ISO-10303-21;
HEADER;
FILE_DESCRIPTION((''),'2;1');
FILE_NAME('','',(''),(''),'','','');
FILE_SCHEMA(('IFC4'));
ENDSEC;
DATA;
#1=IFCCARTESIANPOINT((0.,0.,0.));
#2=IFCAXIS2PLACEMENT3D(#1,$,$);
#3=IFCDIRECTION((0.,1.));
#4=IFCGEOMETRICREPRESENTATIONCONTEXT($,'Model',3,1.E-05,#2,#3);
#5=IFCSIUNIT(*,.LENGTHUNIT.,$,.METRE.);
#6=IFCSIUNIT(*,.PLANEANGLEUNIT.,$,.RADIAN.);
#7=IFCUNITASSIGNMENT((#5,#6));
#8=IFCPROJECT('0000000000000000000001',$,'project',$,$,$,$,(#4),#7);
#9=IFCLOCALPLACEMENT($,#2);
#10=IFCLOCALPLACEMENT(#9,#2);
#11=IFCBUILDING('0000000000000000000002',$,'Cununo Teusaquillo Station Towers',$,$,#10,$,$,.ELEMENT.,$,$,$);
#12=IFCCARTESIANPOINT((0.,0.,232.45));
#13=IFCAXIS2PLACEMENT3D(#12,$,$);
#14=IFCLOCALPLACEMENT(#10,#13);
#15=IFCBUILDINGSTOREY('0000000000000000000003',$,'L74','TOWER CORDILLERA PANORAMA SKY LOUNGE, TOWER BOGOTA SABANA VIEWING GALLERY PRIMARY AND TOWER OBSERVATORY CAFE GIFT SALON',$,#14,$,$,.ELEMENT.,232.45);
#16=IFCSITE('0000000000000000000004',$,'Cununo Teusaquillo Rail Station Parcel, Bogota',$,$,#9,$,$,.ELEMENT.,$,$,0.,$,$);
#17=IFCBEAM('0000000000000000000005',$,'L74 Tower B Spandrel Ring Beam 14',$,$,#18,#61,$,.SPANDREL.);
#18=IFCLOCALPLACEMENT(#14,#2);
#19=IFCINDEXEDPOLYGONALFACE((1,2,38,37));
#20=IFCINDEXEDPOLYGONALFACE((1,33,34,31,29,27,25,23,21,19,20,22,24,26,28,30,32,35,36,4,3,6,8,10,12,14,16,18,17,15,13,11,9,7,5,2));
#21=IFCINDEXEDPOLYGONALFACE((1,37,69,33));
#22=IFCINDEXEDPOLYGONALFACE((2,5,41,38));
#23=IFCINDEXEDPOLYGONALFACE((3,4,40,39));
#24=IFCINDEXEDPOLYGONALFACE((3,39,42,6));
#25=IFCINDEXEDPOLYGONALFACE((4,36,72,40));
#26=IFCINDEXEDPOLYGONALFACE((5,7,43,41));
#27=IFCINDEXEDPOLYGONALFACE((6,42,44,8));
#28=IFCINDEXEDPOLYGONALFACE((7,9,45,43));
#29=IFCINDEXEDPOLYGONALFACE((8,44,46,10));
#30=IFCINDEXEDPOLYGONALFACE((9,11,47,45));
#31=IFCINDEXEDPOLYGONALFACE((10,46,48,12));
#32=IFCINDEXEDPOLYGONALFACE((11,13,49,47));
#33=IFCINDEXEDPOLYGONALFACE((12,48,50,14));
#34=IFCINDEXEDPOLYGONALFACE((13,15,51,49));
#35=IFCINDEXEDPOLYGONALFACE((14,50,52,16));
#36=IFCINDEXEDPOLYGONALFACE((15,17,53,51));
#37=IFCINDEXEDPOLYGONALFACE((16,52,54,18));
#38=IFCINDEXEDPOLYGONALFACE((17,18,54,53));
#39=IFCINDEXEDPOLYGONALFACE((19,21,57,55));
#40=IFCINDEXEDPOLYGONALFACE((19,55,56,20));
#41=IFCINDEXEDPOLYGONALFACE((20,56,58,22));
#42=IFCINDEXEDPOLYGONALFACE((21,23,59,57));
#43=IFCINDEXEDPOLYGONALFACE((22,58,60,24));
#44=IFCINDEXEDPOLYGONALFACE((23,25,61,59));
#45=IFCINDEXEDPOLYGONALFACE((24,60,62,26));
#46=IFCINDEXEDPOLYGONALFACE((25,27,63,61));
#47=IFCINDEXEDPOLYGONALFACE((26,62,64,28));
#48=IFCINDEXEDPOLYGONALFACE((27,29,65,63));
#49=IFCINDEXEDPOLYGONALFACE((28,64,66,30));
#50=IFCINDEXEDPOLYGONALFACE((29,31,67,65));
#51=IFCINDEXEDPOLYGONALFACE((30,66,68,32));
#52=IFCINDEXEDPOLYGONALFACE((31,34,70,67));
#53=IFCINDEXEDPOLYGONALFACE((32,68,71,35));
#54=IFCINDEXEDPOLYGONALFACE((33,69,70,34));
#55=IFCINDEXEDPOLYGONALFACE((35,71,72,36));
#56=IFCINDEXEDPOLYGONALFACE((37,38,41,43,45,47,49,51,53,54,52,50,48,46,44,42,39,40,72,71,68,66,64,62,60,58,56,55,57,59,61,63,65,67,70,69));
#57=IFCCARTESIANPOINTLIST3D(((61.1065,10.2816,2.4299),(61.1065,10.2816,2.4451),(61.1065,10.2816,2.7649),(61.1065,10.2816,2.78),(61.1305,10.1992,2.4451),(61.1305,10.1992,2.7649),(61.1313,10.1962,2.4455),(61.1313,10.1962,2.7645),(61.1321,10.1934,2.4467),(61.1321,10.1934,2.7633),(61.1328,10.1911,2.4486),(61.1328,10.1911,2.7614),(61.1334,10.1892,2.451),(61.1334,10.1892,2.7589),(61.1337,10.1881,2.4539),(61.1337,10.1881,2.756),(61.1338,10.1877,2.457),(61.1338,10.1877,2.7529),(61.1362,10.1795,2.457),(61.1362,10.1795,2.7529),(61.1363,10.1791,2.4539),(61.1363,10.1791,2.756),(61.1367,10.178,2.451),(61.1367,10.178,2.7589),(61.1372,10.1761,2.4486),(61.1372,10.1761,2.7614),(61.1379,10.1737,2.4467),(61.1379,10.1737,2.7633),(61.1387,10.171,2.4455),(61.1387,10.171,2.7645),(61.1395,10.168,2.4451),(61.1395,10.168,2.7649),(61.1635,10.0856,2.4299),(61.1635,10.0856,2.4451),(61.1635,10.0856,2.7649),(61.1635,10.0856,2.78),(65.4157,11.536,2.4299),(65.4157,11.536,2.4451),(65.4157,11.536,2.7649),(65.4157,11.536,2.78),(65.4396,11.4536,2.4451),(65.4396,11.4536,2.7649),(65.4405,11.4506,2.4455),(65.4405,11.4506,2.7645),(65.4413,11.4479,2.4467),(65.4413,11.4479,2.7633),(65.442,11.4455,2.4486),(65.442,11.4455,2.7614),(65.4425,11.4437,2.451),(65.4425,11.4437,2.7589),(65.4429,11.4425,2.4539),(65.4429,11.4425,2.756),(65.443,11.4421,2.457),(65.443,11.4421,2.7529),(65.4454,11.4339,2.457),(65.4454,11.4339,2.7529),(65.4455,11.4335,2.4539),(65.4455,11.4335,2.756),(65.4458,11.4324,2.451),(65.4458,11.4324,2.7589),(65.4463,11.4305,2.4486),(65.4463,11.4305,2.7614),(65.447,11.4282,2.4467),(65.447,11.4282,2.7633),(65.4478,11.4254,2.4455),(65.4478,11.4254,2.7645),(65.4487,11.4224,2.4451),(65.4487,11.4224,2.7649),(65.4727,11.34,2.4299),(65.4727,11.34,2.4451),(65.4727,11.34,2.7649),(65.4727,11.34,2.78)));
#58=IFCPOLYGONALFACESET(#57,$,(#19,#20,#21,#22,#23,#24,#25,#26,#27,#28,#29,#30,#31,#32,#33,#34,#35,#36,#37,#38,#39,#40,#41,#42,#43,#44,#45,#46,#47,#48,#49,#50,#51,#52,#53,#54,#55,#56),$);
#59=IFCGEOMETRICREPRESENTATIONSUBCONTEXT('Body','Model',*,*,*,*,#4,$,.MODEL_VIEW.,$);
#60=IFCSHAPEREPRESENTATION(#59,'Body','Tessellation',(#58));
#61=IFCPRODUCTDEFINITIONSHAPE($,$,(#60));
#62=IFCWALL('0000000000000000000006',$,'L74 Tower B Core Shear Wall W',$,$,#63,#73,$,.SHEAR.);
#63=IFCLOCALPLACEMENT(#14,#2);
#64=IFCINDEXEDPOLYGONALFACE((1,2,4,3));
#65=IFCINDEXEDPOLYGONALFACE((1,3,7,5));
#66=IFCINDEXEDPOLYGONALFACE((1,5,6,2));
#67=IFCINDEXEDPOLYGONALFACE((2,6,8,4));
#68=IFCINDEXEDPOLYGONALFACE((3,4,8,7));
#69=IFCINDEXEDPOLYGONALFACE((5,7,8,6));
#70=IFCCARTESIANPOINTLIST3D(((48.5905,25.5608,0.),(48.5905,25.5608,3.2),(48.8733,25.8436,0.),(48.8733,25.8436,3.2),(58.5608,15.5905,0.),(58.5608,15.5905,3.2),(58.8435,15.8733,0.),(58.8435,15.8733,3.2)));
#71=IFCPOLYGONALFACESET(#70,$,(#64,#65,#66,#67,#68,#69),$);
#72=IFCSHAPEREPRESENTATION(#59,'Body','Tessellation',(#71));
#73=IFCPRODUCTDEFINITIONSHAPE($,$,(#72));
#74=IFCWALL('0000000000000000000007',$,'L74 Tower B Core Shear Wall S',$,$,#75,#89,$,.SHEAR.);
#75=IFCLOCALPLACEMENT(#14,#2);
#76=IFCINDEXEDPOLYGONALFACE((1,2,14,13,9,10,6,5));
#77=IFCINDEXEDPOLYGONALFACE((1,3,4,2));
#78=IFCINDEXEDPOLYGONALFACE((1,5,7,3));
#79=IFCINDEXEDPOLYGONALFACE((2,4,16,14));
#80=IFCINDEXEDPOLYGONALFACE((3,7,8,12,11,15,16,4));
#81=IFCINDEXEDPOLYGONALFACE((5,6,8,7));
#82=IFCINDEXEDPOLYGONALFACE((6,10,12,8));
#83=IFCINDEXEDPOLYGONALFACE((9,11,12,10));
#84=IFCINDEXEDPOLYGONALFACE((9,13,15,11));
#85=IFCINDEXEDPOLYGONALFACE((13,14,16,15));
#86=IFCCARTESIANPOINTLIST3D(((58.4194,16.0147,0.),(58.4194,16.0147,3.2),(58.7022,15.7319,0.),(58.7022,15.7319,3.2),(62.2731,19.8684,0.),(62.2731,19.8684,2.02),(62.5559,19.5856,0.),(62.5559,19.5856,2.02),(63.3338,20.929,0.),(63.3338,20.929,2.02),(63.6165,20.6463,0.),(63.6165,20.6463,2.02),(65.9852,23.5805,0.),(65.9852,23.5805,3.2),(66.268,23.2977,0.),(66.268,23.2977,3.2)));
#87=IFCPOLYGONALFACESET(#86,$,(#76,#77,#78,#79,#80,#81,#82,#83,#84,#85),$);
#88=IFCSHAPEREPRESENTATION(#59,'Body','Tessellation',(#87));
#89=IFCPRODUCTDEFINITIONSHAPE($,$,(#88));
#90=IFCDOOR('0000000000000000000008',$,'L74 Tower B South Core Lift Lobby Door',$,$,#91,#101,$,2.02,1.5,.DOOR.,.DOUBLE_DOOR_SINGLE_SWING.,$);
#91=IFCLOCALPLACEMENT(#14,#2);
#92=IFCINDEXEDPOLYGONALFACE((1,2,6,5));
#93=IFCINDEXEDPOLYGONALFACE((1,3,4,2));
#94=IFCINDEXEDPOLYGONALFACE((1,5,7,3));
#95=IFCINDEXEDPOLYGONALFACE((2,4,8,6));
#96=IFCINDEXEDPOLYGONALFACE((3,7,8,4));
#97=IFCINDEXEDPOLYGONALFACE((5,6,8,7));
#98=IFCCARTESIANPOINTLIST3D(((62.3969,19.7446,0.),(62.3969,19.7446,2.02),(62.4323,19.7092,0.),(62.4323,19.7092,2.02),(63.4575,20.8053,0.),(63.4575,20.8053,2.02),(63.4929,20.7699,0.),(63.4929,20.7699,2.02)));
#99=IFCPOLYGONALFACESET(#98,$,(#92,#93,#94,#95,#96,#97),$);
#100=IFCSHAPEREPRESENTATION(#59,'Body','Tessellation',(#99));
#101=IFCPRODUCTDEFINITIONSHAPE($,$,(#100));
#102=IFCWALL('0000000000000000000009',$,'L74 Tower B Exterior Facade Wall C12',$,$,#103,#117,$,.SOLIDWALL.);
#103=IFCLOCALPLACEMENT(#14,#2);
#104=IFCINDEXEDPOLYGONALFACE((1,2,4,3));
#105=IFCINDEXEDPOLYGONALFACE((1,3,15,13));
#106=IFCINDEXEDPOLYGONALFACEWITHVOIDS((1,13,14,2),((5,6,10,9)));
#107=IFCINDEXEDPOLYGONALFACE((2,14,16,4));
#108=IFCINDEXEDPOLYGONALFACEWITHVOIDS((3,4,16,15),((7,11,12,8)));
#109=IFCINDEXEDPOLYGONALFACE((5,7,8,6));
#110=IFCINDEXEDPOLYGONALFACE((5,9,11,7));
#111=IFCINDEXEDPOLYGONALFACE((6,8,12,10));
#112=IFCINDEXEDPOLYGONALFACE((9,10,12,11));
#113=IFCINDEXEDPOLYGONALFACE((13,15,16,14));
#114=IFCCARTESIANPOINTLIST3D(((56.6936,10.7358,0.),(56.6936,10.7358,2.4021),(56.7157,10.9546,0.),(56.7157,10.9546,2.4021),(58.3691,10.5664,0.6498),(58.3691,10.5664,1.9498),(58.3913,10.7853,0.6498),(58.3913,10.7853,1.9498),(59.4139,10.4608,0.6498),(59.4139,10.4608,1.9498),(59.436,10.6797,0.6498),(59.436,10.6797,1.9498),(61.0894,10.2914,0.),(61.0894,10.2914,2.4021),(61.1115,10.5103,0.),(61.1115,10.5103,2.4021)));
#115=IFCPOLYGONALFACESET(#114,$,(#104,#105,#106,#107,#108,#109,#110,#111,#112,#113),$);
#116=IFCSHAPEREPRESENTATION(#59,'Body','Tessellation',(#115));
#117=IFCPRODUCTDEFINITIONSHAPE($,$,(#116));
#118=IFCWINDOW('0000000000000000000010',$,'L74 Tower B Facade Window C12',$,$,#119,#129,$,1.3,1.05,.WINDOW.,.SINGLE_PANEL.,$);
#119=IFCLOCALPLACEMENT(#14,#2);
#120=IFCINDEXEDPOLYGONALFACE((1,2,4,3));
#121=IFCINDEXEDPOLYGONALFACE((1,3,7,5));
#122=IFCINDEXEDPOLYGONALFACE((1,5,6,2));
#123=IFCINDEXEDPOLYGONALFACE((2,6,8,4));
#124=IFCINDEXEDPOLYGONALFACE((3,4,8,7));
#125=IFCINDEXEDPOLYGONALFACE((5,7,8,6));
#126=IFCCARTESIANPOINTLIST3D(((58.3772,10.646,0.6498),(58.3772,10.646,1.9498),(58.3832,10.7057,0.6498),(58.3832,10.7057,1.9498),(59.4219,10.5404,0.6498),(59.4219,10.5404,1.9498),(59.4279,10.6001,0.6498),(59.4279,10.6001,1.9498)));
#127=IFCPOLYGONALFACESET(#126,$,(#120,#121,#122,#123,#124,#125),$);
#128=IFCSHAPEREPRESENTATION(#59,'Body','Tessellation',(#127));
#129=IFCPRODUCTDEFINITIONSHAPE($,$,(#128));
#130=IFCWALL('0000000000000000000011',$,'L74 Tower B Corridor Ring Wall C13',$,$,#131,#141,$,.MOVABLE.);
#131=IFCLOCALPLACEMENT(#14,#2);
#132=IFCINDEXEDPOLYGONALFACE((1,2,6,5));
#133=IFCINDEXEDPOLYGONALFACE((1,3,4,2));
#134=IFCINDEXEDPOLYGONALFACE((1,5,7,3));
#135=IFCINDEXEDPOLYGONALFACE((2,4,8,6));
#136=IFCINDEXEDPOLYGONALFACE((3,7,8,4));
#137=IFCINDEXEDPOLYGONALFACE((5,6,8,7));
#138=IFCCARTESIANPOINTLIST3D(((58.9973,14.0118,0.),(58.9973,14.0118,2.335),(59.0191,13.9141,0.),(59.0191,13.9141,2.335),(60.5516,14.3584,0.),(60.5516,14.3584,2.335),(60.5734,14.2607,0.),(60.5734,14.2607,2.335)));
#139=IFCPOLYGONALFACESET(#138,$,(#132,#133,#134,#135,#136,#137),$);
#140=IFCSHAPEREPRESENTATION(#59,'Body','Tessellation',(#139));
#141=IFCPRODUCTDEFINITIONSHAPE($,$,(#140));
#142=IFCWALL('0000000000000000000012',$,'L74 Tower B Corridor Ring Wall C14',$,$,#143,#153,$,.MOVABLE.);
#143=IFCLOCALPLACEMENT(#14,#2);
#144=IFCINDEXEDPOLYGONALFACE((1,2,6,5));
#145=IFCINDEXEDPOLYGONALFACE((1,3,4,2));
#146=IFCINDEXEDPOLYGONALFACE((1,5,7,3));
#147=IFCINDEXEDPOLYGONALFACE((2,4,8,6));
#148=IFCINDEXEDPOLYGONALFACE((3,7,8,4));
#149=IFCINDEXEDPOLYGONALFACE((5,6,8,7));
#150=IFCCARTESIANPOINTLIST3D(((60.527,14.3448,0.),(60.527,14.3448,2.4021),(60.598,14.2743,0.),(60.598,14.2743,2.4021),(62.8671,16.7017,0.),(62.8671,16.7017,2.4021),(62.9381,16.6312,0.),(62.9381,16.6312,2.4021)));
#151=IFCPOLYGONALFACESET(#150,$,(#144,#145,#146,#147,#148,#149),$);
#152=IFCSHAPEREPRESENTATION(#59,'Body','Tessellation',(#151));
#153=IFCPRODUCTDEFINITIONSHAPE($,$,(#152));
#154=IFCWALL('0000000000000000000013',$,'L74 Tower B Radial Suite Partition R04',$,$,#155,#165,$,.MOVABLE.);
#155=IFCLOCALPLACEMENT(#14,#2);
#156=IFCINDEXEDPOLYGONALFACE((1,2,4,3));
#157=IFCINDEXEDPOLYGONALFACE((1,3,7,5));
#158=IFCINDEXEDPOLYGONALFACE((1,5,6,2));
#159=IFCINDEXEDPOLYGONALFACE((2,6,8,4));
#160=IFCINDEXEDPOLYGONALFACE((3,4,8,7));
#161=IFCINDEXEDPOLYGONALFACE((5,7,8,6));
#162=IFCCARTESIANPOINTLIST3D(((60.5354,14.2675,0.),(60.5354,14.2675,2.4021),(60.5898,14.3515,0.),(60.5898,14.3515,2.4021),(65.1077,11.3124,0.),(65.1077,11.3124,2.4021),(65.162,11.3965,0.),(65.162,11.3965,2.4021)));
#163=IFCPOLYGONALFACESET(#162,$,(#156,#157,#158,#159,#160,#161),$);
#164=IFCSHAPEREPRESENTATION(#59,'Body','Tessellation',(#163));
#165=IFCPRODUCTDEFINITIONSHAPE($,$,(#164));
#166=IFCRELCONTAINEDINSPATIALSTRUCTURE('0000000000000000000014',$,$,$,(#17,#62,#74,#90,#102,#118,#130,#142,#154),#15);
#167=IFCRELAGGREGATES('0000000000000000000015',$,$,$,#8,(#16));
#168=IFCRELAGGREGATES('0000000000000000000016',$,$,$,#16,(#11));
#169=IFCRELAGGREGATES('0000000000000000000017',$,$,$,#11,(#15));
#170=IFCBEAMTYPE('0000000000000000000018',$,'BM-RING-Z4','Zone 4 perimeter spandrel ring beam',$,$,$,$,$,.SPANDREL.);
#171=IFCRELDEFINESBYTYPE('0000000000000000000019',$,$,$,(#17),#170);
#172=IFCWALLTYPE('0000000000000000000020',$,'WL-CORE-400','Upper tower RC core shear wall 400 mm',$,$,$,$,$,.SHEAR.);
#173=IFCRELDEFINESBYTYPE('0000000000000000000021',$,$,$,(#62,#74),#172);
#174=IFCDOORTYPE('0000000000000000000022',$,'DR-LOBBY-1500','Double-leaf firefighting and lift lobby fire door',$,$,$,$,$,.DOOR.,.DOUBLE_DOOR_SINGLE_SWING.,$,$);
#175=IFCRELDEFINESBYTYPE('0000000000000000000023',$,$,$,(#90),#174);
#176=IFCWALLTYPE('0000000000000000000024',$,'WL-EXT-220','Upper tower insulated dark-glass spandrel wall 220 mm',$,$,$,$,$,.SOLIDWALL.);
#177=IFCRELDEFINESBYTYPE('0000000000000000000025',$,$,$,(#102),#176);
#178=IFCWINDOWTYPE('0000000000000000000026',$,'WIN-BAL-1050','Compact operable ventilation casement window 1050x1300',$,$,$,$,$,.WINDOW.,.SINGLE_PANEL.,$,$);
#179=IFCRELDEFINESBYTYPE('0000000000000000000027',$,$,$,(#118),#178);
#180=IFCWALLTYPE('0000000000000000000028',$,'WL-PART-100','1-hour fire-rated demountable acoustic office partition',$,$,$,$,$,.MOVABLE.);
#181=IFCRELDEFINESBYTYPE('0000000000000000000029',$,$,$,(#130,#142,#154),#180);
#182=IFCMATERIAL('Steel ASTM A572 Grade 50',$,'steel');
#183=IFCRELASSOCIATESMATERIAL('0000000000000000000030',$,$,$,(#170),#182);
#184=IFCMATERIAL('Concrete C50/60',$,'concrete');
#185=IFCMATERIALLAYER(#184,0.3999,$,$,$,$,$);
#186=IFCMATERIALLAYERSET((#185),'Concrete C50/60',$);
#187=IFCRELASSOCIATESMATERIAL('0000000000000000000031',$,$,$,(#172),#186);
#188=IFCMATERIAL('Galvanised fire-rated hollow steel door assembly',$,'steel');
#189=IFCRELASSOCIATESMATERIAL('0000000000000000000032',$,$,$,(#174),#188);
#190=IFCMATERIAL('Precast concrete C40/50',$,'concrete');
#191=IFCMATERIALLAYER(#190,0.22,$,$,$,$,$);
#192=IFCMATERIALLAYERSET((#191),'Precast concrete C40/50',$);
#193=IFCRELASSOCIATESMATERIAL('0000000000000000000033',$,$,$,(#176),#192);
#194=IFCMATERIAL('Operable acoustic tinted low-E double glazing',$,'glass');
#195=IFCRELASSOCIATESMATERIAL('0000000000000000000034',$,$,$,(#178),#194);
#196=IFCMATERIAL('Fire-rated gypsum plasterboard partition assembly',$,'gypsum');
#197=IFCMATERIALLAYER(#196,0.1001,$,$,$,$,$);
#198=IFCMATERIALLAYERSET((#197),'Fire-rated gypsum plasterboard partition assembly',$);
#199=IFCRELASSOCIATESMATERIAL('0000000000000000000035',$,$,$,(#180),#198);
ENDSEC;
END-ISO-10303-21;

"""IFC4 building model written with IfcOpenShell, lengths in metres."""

from ifc_helpers import new_model, si_unit, direction, frame, frame_2d, origin, origin_2d, place, context, subcontext, project, spatial, rectangle, i_section, extrude, source, transform, mapped, material, layer, layer_set, material_profile, profile_set, type_object, element, fill, save


model = new_model("IFC4")

# Units and contexts
model_context = context("Model", 3, precision=1e-05, world=origin(), true_north=direction((0.0, 1.0)))
body_context = subcontext(model_context, "Body", "Model", "MODEL_VIEW")
ifc_project = project(units=[si_unit("LENGTHUNIT", "METRE"), si_unit("PLANEANGLEUNIT", "RADIAN")], contexts=[model_context])

# Site, building, storey
site_placement = place(None, origin())
site = spatial("IfcSite", under=ifc_project, at=site_placement, Name="Cununo Teusaquillo Rail Station Parcel, Bogota", CompositionType="ELEMENT", RefElevation=0.0)
building_placement = place(site_placement, origin())
building = spatial("IfcBuilding", under=site, at=building_placement, Name="Cununo Teusaquillo Station Towers", CompositionType="ELEMENT")
storey_placement = place(building_placement, frame((0.0, 0.0, 232.45)))
storey = spatial("IfcBuildingStorey", under=building, at=storey_placement, Name="L74", Description="TOWER CORDILLERA PANORAMA SKY LOUNGE, TOWER BOGOTA SABANA VIEWING GALLERY PRIMARY AND TOWER OBSERVATORY CAFE GIFT SALON", CompositionType="ELEMENT", Elevation=232.45)

# Beam
ifc_material_1 = material(Name="Steel ASTM A572 Grade 50", Category="steel")
ifc_material_profile_1 = material_profile(ifc_material_1, i_section(OverallWidth=0.2041, OverallDepth=0.3501, WebThickness=0.0085, FlangeThickness=0.0151, FilletRadius=0.012, at=origin_2d()), Name="W14X48")
ifc_profile_set_1 = profile_set([ifc_material_profile_1], Name="Steel ASTM A572 Grade 50")
beam_type_1 = type_object("IfcBeamType", Name="BM-RING-Z4", Description="Zone 4 perimeter spandrel ring beam", PredefinedType="SPANDREL", material=ifc_profile_set_1)
beam_1_placement = place(storey_placement, frame((61.135, 10.1836, 2.605), z_axis=(0.960145, 0.279503, 0.0), x_axis=(-0.279503, 0.960145, 0.0)))
element("IfcBeam", 1, at=beam_1_placement, inside=storey, type_object=beam_type_1, Name="L74 Tower B Spandrel Ring Beam 14", PredefinedType="SPANDREL", context=body_context, shape_type="SweptSolid", body=[
    extrude(i_section(OverallWidth=0.2041, OverallDepth=0.3501, WebThickness=0.0085, FlangeThickness=0.0151, FilletRadius=0.012, at=origin_2d()), origin(), (0.0, 0.0, 1.0), 4.488),
])

# Wall
ifc_material_2 = material(Name="Concrete C50/60", Category="concrete")
ifc_layer_1 = layer(ifc_material_2, 0.3999)
ifc_layer_set_1 = layer_set([ifc_layer_1], Name="Concrete C50/60")
wall_type_1 = type_object("IfcWallType", Name="WL-CORE-400", Description="Upper tower RC core shear wall 400 mm", PredefinedType="SHEAR", material=ifc_layer_set_1)
wall_1_placement = place(storey_placement, frame((58.7021, 15.7319, 0.0), z_axis=(0.0, 0.0, 1.0), x_axis=(-0.707107, 0.707107, 0.0)))
element("IfcWall", 2, at=wall_1_placement, inside=storey, type_object=wall_type_1, Name="L74 Tower B Core Shear Wall W", PredefinedType="SHEAR", context=body_context, shape_type="SweptSolid", body=[
    extrude(rectangle(XDim=14.1001, YDim=0.3999, at=frame_2d((7.05, 0.0))), origin(), (0.0, 0.0, 1.0), 3.2),
])

# Wall, opening, door
wall_2_placement = place(storey_placement, frame((58.5608, 15.8733, 0.0), z_axis=(0.0, 0.0, 1.0), x_axis=(0.707107, 0.707107, 0.0)))
wall_2 = element("IfcWall", 3, at=wall_2_placement, inside=storey, type_object=wall_type_1, Name="L74 Tower B Core Shear Wall S", PredefinedType="SHEAR", context=body_context, shape_type="SweptSolid", body=[
    extrude(rectangle(XDim=10.6997, YDim=0.3999, at=frame_2d((5.3499, 0.0))), origin(), (0.0, 0.0, 1.0), 3.2),
])
shared_shape_1 = source(origin(), body_context, "Body", "SweptSolid", [
    extrude(rectangle(XDim=1.5, YDim=2.02, at=frame_2d((0.75, 1.01))), frame((0.0, 0.21, 0.0), z_axis=(0.0, -1.0, 0.0), x_axis=(1.0, 0.0, 0.0)), (0.0, 0.0, 1.0), 0.4199),
])
opening_1_placement = place(wall_2_placement, frame((5.45, 0.0, 0.0)))
opening_1 = element("IfcOpeningElement", 4, at=opening_1_placement, cuts=wall_2, PredefinedType="OPENING", context=body_context, shape_type="MappedRepresentation", body=[
    mapped(shared_shape_1, transform((0.0, 0.0, 0.0), x_axis=(1.0, 0.0, 0.0), y_axis=(0.0, 1.0, 0.0), z_axis=(0.0, 0.0, 1.0), scale=1.0)),
])
ifc_material_3 = material(Name="Galvanised fire-rated hollow steel door assembly", Category="steel")
door_type_1 = type_object("IfcDoorType", Name="DR-LOBBY-1500", Description="Double-leaf firefighting and lift lobby fire door", OperationType="DOUBLE_DOOR_SINGLE_SWING", PredefinedType="DOOR", material=ifc_material_3)
shared_shape_2 = source(origin(), body_context, "Body", "SweptSolid", [
    extrude(rectangle(XDim=1.5, YDim=2.02, at=frame_2d((0.75, 1.01))), frame((0.0, 0.0249, 0.0), z_axis=(0.0, -1.0, 0.0), x_axis=(1.0, 0.0, 0.0)), (0.0, 0.0, 1.0), 0.05),
])
door_1_placement = place(opening_1_placement, origin())
door_1 = element("IfcDoor", 5, at=door_1_placement, inside=storey, type_object=door_type_1, Name="L74 Tower B South Core Lift Lobby Door", OperationType="DOUBLE_DOOR_SINGLE_SWING", OverallHeight=2.02, OverallWidth=1.5, PredefinedType="DOOR", context=body_context, shape_type="MappedRepresentation", body=[
    mapped(shared_shape_2, transform((0.0, 0.0, 0.0), x_axis=(1.0, 0.0, 0.0), y_axis=(0.0, 1.0, 0.0), z_axis=(0.0, 0.0, 1.0), scale=1.0)),
])
fill(opening_1, door_1)

# Wall, opening, window
ifc_material_4 = material(Name="Precast concrete C40/50", Category="concrete")
ifc_layer_2 = layer(ifc_material_4, 0.22)
ifc_layer_set_2 = layer_set([ifc_layer_2], Name="Precast concrete C40/50")
wall_type_2 = type_object("IfcWallType", Name="WL-EXT-220", Description="Upper tower insulated dark-glass spandrel wall 220 mm", PredefinedType="SOLIDWALL", material=ifc_layer_set_2)
wall_3_placement = place(storey_placement, frame((61.1003, 10.4009, 0.0), z_axis=(0.0, 0.0, 1.0), x_axis=(-0.99493, 0.100571, 0.0)))
wall_3 = element("IfcWall", 6, at=wall_3_placement, inside=storey, type_object=wall_type_2, Name="L74 Tower B Exterior Facade Wall C12", PredefinedType="SOLIDWALL", context=body_context, shape_type="SweptSolid", body=[
    extrude(rectangle(XDim=4.4182, YDim=0.22, at=frame_2d((2.209, 0.0))), origin(), (0.0, 0.0, 1.0), 2.4021),
])
shared_shape_3 = source(origin(), body_context, "Body", "SweptSolid", [
    extrude(rectangle(XDim=1.05, YDim=1.3, at=frame_2d((0.5249, 0.6499))), frame((0.0, 0.1199, 0.0), z_axis=(0.0, -1.0, 0.0), x_axis=(1.0, 0.0, 0.0)), (0.0, 0.0, 1.0), 0.24),
])
opening_2_placement = place(wall_3_placement, frame((1.6841, 0.0, 0.6499)))
opening_2 = element("IfcOpeningElement", 7, at=opening_2_placement, cuts=wall_3, PredefinedType="OPENING", context=body_context, shape_type="MappedRepresentation", body=[
    mapped(shared_shape_3, transform((0.0, 0.0, 0.0), x_axis=(1.0, 0.0, 0.0), y_axis=(0.0, 1.0, 0.0), z_axis=(0.0, 0.0, 1.0), scale=1.0)),
])
ifc_material_5 = material(Name="Operable acoustic tinted low-E double glazing", Category="glass")
window_type = type_object("IfcWindowType", Name="WIN-BAL-1050", Description="Compact operable ventilation casement window 1050x1300", PartitioningType="SINGLE_PANEL", PredefinedType="WINDOW", material=ifc_material_5)
shared_shape_4 = source(origin(), body_context, "Body", "SweptSolid", [
    extrude(rectangle(XDim=1.05, YDim=1.3, at=frame_2d((0.5249, 0.6499))), frame((0.0, 0.03, 0.0), z_axis=(0.0, -1.0, 0.0), x_axis=(1.0, 0.0, 0.0)), (0.0, 0.0, 1.0), 0.0601),
])
window_placement = place(opening_2_placement, origin())
window = element("IfcWindow", 8, at=window_placement, inside=storey, type_object=window_type, Name="L74 Tower B Facade Window C12", OverallHeight=1.3, OverallWidth=1.05, PartitioningType="SINGLE_PANEL", PredefinedType="WINDOW", context=body_context, shape_type="MappedRepresentation", body=[
    mapped(shared_shape_4, transform((0.0, 0.0, 0.0), x_axis=(1.0, 0.0, 0.0), y_axis=(0.0, 1.0, 0.0), z_axis=(0.0, 0.0, 1.0), scale=1.0)),
])
fill(opening_2, window)

# Walls
ifc_material_6 = material(Name="Fire-rated gypsum plasterboard partition assembly", Category="gypsum")
ifc_layer_3 = layer(ifc_material_6, 0.1001)
ifc_layer_set_3 = layer_set([ifc_layer_3], Name="Fire-rated gypsum plasterboard partition assembly")
wall_type_3 = type_object("IfcWallType", Name="WL-PART-100", Description="1-hour fire-rated demountable acoustic office partition", PredefinedType="MOVABLE", material=ifc_layer_set_3)
wall_4_placement = place(storey_placement, frame((59.0081, 13.9629, 0.0), z_axis=(0.0, 0.0, 1.0), x_axis=(0.976021, 0.217677, 0.0)))
element("IfcWall", 9, at=wall_4_placement, inside=storey, type_object=wall_type_3, Name="L74 Tower B Corridor Ring Wall C13", PredefinedType="MOVABLE", context=body_context, shape_type="SweptSolid", body=[
    extrude(rectangle(XDim=1.5925, YDim=0.1001, at=frame_2d((0.7964, 0.0))), origin(), (0.0, 0.0, 1.0), 2.335),
])
wall_5_placement = place(storey_placement, frame((60.5625, 14.3096, 0.0), z_axis=(0.0, 0.0, 1.0), x_axis=(0.704566, 0.709638, 0.0)))
element("IfcWall", 10, at=wall_5_placement, inside=storey, type_object=wall_type_3, Name="L74 Tower B Corridor Ring Wall C14", PredefinedType="MOVABLE", context=body_context, shape_type="SweptSolid", body=[
    extrude(rectangle(XDim=3.3213, YDim=0.1001, at=frame_2d((1.6606, 0.0))), origin(), (0.0, 0.0, 1.0), 2.4021),
])
wall_6_placement = place(storey_placement, frame((60.5625, 14.3096, 0.0), z_axis=(0.0, 0.0, 1.0), x_axis=(0.839859, -0.542805, 0.0)))
element("IfcWall", 11, at=wall_6_placement, inside=storey, type_object=wall_type_3, Name="L74 Tower B Radial Suite Partition R04", PredefinedType="MOVABLE", context=body_context, shape_type="SweptSolid", body=[
    extrude(rectangle(XDim=5.4441, YDim=0.1001, at=frame_2d((2.7222, 0.0))), origin(), (0.0, 0.0, 1.0), 2.4021),
])

save(model, "model.ifc")
